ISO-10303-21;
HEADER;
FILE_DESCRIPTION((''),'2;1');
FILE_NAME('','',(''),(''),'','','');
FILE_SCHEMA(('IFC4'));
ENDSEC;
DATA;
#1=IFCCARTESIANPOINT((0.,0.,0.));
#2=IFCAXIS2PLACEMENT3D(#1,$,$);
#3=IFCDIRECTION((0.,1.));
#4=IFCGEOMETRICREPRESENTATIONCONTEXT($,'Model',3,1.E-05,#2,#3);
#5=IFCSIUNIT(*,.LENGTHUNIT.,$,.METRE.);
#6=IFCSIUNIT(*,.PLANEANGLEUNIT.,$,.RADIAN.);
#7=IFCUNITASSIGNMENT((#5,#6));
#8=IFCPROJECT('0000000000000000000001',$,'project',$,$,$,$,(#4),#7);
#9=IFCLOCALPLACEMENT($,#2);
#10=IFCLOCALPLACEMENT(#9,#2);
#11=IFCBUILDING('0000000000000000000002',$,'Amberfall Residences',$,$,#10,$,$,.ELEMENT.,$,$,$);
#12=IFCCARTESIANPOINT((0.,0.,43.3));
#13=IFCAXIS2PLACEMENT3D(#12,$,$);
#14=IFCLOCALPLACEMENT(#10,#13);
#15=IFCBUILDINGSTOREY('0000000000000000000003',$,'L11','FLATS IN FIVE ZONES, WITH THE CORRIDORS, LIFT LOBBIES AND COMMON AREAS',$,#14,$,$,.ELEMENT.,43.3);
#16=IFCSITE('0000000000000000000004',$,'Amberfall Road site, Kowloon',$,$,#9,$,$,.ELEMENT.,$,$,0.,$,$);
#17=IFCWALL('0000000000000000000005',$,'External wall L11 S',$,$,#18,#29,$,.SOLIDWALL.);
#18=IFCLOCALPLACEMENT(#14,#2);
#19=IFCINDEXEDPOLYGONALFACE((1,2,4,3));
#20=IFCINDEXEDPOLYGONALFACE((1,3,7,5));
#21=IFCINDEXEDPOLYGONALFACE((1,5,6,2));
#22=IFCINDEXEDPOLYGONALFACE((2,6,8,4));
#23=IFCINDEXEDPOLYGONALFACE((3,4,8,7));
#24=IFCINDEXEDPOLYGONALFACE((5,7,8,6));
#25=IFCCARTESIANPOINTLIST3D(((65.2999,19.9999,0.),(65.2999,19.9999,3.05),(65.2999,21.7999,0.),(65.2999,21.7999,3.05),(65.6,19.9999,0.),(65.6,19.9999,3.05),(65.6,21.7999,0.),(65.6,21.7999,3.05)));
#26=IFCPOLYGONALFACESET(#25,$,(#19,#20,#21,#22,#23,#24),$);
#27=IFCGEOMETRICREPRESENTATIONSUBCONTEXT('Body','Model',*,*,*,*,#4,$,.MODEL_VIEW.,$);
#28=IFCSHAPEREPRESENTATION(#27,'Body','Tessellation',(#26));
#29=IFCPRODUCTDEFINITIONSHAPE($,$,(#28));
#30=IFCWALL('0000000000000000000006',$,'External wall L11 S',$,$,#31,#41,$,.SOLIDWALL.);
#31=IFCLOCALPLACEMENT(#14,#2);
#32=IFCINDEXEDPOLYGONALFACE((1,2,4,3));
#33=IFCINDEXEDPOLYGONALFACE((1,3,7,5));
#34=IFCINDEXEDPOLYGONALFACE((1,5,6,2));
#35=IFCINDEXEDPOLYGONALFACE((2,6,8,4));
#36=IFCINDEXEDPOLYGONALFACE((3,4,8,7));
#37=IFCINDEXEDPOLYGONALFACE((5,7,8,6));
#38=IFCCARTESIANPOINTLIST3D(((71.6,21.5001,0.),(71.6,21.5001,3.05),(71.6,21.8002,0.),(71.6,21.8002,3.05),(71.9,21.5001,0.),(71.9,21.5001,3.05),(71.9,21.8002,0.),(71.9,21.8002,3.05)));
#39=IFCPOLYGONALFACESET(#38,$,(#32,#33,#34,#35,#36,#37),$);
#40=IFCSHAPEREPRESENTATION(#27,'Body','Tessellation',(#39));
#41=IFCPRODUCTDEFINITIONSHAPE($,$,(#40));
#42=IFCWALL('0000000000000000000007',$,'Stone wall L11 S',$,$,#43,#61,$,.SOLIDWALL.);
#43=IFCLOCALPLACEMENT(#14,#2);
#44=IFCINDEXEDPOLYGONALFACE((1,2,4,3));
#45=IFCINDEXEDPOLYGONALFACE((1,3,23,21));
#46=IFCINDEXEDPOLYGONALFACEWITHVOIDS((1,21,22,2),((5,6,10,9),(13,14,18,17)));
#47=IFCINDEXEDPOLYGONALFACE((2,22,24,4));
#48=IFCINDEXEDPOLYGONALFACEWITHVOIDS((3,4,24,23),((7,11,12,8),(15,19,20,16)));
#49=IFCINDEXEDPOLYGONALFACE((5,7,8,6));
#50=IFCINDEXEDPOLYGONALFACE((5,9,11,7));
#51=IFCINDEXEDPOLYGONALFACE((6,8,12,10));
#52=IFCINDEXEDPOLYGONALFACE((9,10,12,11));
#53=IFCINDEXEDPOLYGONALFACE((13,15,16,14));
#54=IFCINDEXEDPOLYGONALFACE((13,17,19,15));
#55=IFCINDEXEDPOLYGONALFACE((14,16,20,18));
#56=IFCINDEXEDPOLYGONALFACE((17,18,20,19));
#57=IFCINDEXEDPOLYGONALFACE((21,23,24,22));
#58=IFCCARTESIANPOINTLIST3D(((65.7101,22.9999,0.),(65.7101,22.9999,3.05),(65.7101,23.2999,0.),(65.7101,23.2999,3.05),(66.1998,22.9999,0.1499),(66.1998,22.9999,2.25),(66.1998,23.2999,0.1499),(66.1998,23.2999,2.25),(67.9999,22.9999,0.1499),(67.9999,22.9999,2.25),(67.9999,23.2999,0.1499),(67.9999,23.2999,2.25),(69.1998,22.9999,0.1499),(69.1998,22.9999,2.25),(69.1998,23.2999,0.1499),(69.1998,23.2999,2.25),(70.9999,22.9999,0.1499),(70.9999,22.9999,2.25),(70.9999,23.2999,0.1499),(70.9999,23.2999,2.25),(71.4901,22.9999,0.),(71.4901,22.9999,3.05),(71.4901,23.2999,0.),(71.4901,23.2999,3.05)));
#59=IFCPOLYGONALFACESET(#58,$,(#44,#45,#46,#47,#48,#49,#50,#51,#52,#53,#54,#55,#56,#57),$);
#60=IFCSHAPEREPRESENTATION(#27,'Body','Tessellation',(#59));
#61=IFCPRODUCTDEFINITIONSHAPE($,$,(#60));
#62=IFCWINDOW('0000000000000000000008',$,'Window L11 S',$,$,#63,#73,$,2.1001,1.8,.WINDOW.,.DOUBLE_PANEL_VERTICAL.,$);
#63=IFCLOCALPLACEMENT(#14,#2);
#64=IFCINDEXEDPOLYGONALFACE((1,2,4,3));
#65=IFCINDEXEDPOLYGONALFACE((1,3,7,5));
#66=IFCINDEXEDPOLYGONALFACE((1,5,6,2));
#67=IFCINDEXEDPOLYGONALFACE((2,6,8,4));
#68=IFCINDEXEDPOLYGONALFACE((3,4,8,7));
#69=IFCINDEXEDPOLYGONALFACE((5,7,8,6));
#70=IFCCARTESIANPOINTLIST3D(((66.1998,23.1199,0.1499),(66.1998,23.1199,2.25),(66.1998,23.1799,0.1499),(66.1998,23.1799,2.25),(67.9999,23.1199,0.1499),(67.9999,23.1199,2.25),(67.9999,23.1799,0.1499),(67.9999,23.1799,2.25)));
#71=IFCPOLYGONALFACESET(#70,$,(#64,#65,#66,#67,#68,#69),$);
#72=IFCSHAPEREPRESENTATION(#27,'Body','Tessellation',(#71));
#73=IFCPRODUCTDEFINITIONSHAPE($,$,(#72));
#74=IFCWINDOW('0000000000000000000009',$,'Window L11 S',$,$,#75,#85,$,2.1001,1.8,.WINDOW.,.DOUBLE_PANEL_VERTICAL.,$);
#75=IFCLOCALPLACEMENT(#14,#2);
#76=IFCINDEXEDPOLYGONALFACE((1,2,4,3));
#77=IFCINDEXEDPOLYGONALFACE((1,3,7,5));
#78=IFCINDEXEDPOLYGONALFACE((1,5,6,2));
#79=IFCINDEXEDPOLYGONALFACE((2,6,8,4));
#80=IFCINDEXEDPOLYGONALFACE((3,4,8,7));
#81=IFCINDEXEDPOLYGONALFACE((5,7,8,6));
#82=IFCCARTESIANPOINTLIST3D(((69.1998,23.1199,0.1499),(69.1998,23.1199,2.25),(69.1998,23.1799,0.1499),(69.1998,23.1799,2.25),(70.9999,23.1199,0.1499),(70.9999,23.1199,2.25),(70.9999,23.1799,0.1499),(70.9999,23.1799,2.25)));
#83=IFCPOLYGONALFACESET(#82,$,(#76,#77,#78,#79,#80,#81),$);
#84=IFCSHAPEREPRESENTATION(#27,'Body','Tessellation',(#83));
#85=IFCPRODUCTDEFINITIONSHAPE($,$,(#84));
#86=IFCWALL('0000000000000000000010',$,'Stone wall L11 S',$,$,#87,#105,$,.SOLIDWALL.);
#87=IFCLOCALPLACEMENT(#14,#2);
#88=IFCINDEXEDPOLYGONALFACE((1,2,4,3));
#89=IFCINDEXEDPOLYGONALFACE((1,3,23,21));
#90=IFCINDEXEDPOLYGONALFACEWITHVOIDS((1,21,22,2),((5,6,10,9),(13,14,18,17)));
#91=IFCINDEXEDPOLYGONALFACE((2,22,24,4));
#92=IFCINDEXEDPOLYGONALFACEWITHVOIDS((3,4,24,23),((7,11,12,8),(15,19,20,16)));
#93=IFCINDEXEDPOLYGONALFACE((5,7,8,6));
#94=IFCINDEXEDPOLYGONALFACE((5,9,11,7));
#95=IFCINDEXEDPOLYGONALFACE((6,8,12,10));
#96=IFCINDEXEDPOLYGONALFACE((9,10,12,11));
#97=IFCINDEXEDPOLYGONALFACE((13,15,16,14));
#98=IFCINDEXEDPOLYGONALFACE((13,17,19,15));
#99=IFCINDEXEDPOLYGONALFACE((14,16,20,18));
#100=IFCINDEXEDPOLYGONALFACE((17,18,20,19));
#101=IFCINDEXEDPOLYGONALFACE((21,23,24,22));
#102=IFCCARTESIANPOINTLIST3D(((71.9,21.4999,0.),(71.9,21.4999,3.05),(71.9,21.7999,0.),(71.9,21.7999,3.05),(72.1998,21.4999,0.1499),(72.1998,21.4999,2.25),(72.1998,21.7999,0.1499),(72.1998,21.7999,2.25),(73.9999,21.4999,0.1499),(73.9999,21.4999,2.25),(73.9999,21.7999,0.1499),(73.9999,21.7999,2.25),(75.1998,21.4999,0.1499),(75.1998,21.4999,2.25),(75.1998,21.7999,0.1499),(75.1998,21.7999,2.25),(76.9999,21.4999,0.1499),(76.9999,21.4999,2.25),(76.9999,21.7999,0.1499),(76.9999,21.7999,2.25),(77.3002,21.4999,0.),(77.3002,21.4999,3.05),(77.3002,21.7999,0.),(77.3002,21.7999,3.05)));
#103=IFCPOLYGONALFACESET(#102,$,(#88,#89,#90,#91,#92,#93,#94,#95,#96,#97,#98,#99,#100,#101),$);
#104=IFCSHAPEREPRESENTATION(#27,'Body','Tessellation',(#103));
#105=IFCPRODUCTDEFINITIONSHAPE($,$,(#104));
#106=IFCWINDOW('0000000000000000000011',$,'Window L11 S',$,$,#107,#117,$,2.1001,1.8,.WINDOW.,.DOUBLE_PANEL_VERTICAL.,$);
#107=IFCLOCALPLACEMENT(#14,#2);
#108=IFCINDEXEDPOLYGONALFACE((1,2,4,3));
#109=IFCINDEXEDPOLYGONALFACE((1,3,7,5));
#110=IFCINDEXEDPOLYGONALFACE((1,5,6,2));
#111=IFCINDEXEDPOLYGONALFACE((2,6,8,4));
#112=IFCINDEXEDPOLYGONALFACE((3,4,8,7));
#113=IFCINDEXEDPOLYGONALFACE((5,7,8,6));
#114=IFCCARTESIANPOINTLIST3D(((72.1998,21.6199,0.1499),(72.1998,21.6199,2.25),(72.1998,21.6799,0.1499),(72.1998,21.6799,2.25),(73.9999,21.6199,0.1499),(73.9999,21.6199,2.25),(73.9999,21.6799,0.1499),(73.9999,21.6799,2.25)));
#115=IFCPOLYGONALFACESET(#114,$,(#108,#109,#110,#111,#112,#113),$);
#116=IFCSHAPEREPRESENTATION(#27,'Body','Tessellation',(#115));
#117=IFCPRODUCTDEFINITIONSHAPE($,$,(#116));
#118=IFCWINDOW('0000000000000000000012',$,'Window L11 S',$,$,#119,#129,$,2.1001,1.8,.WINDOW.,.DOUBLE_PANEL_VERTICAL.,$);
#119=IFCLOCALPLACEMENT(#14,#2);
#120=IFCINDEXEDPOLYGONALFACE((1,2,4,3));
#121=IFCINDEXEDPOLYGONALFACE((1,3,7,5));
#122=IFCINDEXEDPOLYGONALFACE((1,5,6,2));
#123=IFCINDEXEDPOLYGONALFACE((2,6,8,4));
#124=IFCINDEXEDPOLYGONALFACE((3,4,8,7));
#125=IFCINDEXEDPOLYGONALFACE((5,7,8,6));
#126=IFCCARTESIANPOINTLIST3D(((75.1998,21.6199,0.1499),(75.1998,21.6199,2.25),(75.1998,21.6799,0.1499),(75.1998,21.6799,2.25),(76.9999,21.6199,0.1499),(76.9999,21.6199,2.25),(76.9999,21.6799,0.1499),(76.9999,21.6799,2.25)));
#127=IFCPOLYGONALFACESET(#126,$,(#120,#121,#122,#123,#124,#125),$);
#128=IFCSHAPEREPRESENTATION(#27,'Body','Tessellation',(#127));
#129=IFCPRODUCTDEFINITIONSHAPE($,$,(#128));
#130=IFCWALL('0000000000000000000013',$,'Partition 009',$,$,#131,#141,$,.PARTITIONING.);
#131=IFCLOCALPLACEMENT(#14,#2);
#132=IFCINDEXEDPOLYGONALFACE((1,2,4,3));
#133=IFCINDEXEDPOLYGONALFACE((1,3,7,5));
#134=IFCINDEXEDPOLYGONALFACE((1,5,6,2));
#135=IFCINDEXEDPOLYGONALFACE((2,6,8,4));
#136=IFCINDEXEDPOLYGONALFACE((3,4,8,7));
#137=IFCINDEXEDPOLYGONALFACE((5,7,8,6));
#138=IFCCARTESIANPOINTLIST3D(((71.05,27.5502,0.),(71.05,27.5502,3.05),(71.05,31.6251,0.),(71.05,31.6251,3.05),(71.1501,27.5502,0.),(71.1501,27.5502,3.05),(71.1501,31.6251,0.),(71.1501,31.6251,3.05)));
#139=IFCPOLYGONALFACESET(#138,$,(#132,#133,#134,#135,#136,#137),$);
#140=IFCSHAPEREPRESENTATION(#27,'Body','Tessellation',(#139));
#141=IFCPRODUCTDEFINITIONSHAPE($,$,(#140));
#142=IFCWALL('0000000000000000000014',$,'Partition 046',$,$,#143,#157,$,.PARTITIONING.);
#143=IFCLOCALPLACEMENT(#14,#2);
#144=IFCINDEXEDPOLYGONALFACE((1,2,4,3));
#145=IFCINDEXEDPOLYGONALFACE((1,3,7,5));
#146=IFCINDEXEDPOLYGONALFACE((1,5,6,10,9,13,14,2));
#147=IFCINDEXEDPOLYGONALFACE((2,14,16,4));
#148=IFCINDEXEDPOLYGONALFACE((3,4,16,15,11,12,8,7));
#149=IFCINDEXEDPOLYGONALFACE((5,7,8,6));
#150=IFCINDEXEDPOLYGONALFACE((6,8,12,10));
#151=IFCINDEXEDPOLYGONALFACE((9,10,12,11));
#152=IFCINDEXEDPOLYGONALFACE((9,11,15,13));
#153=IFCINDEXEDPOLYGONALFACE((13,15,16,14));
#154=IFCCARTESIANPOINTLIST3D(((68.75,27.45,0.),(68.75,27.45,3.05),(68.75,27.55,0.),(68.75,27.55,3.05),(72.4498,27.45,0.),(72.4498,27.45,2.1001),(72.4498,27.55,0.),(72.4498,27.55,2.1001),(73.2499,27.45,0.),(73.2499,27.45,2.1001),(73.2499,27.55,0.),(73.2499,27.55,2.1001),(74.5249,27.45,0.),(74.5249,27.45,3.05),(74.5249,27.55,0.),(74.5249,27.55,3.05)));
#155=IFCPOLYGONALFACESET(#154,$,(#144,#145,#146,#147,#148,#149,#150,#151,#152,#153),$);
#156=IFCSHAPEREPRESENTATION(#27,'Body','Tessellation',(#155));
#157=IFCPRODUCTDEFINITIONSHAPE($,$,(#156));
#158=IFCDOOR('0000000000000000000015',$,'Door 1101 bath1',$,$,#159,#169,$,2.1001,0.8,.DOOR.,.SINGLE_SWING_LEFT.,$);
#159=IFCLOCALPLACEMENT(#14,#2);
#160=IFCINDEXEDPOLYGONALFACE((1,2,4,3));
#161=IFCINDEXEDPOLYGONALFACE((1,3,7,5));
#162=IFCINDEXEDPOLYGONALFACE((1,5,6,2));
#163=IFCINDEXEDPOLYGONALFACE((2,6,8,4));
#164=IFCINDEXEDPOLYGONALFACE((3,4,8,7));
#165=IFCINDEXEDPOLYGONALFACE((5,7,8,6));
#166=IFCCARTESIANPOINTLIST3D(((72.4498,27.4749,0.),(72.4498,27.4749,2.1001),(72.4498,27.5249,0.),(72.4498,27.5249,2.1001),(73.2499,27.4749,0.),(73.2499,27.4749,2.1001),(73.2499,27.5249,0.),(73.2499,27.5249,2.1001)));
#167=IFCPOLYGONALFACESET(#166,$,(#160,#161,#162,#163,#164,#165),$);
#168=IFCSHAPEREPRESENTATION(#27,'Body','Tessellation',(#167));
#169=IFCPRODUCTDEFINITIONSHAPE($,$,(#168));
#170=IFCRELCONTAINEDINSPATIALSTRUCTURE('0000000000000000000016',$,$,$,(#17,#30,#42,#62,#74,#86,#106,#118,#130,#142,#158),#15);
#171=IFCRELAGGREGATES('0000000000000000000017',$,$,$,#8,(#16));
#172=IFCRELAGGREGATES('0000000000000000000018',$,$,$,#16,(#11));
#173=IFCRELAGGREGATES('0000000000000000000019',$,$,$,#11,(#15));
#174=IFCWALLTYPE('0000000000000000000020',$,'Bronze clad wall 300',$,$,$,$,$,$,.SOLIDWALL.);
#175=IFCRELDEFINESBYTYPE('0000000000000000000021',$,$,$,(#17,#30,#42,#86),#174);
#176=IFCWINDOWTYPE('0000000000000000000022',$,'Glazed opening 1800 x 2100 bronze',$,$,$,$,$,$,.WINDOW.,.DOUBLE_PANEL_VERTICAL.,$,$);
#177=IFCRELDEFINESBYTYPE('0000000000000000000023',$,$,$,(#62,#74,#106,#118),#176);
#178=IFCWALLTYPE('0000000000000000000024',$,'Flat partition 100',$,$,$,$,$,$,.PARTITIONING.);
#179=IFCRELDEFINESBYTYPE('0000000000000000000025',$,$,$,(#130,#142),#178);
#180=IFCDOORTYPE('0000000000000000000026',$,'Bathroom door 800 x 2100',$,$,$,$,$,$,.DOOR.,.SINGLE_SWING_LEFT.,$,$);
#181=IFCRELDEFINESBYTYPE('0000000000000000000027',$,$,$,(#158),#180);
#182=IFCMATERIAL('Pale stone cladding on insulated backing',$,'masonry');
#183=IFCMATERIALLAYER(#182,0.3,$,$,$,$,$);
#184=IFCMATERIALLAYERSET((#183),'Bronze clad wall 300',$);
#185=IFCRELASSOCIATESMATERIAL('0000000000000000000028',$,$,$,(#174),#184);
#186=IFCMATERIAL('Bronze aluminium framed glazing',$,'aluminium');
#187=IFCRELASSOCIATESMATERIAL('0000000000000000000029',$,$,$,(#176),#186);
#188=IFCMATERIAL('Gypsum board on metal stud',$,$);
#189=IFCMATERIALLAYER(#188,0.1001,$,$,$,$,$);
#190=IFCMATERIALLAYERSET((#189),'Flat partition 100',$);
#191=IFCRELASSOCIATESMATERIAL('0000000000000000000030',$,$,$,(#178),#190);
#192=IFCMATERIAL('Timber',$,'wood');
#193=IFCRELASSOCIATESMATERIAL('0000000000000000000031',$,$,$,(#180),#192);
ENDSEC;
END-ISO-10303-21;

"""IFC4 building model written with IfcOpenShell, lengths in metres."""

from ifc_helpers import new_model, si_unit, direction, frame, frame_2d, origin, place, context, subcontext, project, spatial, rectangle, extrude, material, layer, layer_set, type_object, element, fill, save


model = new_model("IFC4")

# Units and contexts
model_context = context("Model", 3, precision=1e-05, world=origin(), true_north=direction((0.0, 1.0)))
body_context = subcontext(model_context, "Body", "Model", "MODEL_VIEW")
ifc_project = project(units=[si_unit("LENGTHUNIT", "METRE"), si_unit("PLANEANGLEUNIT", "RADIAN")], contexts=[model_context])

# Site, building, storey
site_placement = place(None, origin())
site = spatial("IfcSite", under=ifc_project, at=site_placement, Name="Amberfall Road site, Kowloon", CompositionType="ELEMENT", RefElevation=0.0)
building_placement = place(site_placement, origin())
building = spatial("IfcBuilding", under=site, at=building_placement, Name="Amberfall Residences", CompositionType="ELEMENT")
storey_placement = place(building_placement, frame((0.0, 0.0, 43.3)))
storey = spatial("IfcBuildingStorey", under=building, at=storey_placement, Name="L11", Description="FLATS IN FIVE ZONES, WITH THE CORRIDORS, LIFT LOBBIES AND COMMON AREAS", CompositionType="ELEMENT", Elevation=43.3)

# Walls
ifc_material_1 = material(Name="Pale stone cladding on insulated backing", Category="masonry")
ifc_layer_1 = layer(ifc_material_1, 0.3)
ifc_layer_set_1 = layer_set([ifc_layer_1], Name="Bronze clad wall 300")
wall_type_1 = type_object("IfcWallType", Name="Bronze clad wall 300", PredefinedType="SOLIDWALL", material=ifc_layer_set_1)
wall_1_placement = place(storey_placement, frame((65.45, 20.0, 0.0), z_axis=(0.0, 0.0, 1.0), x_axis=(0.0, 1.0, 0.0)))
element("IfcWall", 1, at=wall_1_placement, inside=storey, type_object=wall_type_1, Name="External wall L11 S", PredefinedType="SOLIDWALL", context=body_context, shape_type="SweptSolid", body=[
    extrude(rectangle(XDim=1.8, YDim=0.3, at=frame_2d((0.8999, 0.0))), origin(), (0.0, 0.0, 1.0), 3.05),
])
wall_2_placement = place(storey_placement, frame((71.75, 21.8, 0.0), z_axis=(0.0, 0.0, 1.0), x_axis=(0.0, -1.0, 0.0)))
element("IfcWall", 2, at=wall_2_placement, inside=storey, type_object=wall_type_1, Name="External wall L11 S", PredefinedType="SOLIDWALL", context=body_context, shape_type="SweptSolid", body=[
    extrude(rectangle(XDim=0.3, YDim=0.3, at=frame_2d((0.1499, 0.0))), origin(), (0.0, 0.0, 1.0), 3.05),
])

# Walls, openings, windows
wall_3_placement = place(storey_placement, frame((65.71, 23.1499, 0.0), z_axis=(0.0, 0.0, 1.0), x_axis=(1.0, 0.0, 0.0)))
wall_3 = element("IfcWall", 3, at=wall_3_placement, inside=storey, type_object=wall_type_1, Name="Stone wall L11 S", PredefinedType="SOLIDWALL", context=body_context, shape_type="SweptSolid", body=[
    extrude(rectangle(XDim=5.78, YDim=0.3, at=frame_2d((2.8901, 0.0))), origin(), (0.0, 0.0, 1.0), 3.05),
])
opening_1_placement = place(wall_3_placement, frame((0.49, 0.0, 0.1499)))
opening_1 = element("IfcOpeningElement", 4, at=opening_1_placement, cuts=wall_3, PredefinedType="OPENING", context=body_context, shape_type="SweptSolid", body=[
    extrude(rectangle(XDim=1.8, YDim=2.1001, at=frame_2d((0.8999, 1.05))), frame((0.0, 0.1599, 0.0), z_axis=(0.0, -1.0, 0.0), x_axis=(1.0, 0.0, 0.0)), (0.0, 0.0, 1.0), 0.3201),
])
opening_2_placement = place(wall_3_placement, frame((3.49, 0.0, 0.1499)))
opening_2 = element("IfcOpeningElement", 5, at=opening_2_placement, cuts=wall_3, PredefinedType="OPENING", context=body_context, shape_type="SweptSolid", body=[
    extrude(rectangle(XDim=1.8, YDim=2.1001, at=frame_2d((0.8999, 1.05))), frame((0.0, 0.1599, 0.0), z_axis=(0.0, -1.0, 0.0), x_axis=(1.0, 0.0, 0.0)), (0.0, 0.0, 1.0), 0.3201),
])
ifc_material_2 = material(Name="Bronze aluminium framed glazing", Category="aluminium")
window_type = type_object("IfcWindowType", Name="Glazed opening 1800 x 2100 bronze", PartitioningType="DOUBLE_PANEL_VERTICAL", PredefinedType="WINDOW", material=ifc_material_2)
window_1_placement = place(opening_1_placement, origin())
window_1 = element("IfcWindow", 6, at=window_1_placement, inside=storey, type_object=window_type, Name="Window L11 S", OverallHeight=2.1001, OverallWidth=1.8, PartitioningType="DOUBLE_PANEL_VERTICAL", PredefinedType="WINDOW", context=body_context, shape_type="SweptSolid", body=[
    extrude(rectangle(XDim=1.8, YDim=2.1001, at=frame_2d((0.8999, 1.05))), frame((0.0, 0.03, 0.0), z_axis=(0.0, -1.0, 0.0), x_axis=(1.0, 0.0, 0.0)), (0.0, 0.0, 1.0), 0.0601),
])
fill(opening_1, window_1)
window_2_placement = place(opening_2_placement, origin())
window_2 = element("IfcWindow", 7, at=window_2_placement, inside=storey, type_object=window_type, Name="Window L11 S", OverallHeight=2.1001, OverallWidth=1.8, PartitioningType="DOUBLE_PANEL_VERTICAL", PredefinedType="WINDOW", context=body_context, shape_type="SweptSolid", body=[
    extrude(rectangle(XDim=1.8, YDim=2.1001, at=frame_2d((0.8999, 1.05))), frame((0.0, 0.03, 0.0), z_axis=(0.0, -1.0, 0.0), x_axis=(1.0, 0.0, 0.0)), (0.0, 0.0, 1.0), 0.0601),
])
fill(opening_2, window_2)
wall_4_placement = place(storey_placement, frame((71.8999, 21.6499, 0.0), z_axis=(0.0, 0.0, 1.0), x_axis=(1.0, 0.0, 0.0)))
wall_4 = element("IfcWall", 8, at=wall_4_placement, inside=storey, type_object=wall_type_1, Name="Stone wall L11 S", PredefinedType="SOLIDWALL", context=body_context, shape_type="SweptSolid", body=[
    extrude(rectangle(XDim=5.4001, YDim=0.3, at=frame_2d((2.7002, 0.0))), origin(), (0.0, 0.0, 1.0), 3.05),
])
opening_3_placement = place(wall_4_placement, frame((0.3, 0.0, 0.1499)))
opening_3 = element("IfcOpeningElement", 9, at=opening_3_placement, cuts=wall_4, PredefinedType="OPENING", context=body_context, shape_type="SweptSolid", body=[
    extrude(rectangle(XDim=1.8, YDim=2.1001, at=frame_2d((0.8999, 1.05))), frame((0.0, 0.1599, 0.0), z_axis=(0.0, -1.0, 0.0), x_axis=(1.0, 0.0, 0.0)), (0.0, 0.0, 1.0), 0.3201),
])
opening_4_placement = place(wall_4_placement, frame((3.3, 0.0, 0.1499)))
opening_4 = element("IfcOpeningElement", 10, at=opening_4_placement, cuts=wall_4, PredefinedType="OPENING", context=body_context, shape_type="SweptSolid", body=[
    extrude(rectangle(XDim=1.8, YDim=2.1001, at=frame_2d((0.8999, 1.05))), frame((0.0, 0.1599, 0.0), z_axis=(0.0, -1.0, 0.0), x_axis=(1.0, 0.0, 0.0)), (0.0, 0.0, 1.0), 0.3201),
])
window_3_placement = place(opening_3_placement, origin())
window_3 = element("IfcWindow", 11, at=window_3_placement, inside=storey, type_object=window_type, Name="Window L11 S", OverallHeight=2.1001, OverallWidth=1.8, PartitioningType="DOUBLE_PANEL_VERTICAL", PredefinedType="WINDOW", context=body_context, shape_type="SweptSolid", body=[
    extrude(rectangle(XDim=1.8, YDim=2.1001, at=frame_2d((0.8999, 1.05))), frame((0.0, 0.03, 0.0), z_axis=(0.0, -1.0, 0.0), x_axis=(1.0, 0.0, 0.0)), (0.0, 0.0, 1.0), 0.0601),
])
fill(opening_3, window_3)
window_4_placement = place(opening_4_placement, origin())
window_4 = element("IfcWindow", 12, at=window_4_placement, inside=storey, type_object=window_type, Name="Window L11 S", OverallHeight=2.1001, OverallWidth=1.8, PartitioningType="DOUBLE_PANEL_VERTICAL", PredefinedType="WINDOW", context=body_context, shape_type="SweptSolid", body=[
    extrude(rectangle(XDim=1.8, YDim=2.1001, at=frame_2d((0.8999, 1.05))), frame((0.0, 0.03, 0.0), z_axis=(0.0, -1.0, 0.0), x_axis=(1.0, 0.0, 0.0)), (0.0, 0.0, 1.0), 0.0601),
])
fill(opening_4, window_4)

# Wall
ifc_material_3 = material(Name="Gypsum board on metal stud")
ifc_layer_2 = layer(ifc_material_3, 0.1001)
ifc_layer_set_2 = layer_set([ifc_layer_2], Name="Flat partition 100")
wall_type_2 = type_object("IfcWallType", Name="Flat partition 100", PredefinedType="PARTITIONING", material=ifc_layer_set_2)
wall_5_placement = place(storey_placement, frame((71.1001, 27.55, 0.0), z_axis=(0.0, 0.0, 1.0), x_axis=(0.0, 1.0, 0.0)))
element("IfcWall", 13, at=wall_5_placement, inside=storey, type_object=wall_type_2, Name="Partition 009", PredefinedType="PARTITIONING", context=body_context, shape_type="SweptSolid", body=[
    extrude(rectangle(XDim=4.075, YDim=0.1001, at=frame_2d((2.0376, 0.0))), origin(), (0.0, 0.0, 1.0), 3.05),
])

# Wall, opening, door
wall_6_placement = place(storey_placement, frame((68.75, 27.5, 0.0), z_axis=(0.0, 0.0, 1.0), x_axis=(1.0, 0.0, 0.0)))
wall_6 = element("IfcWall", 14, at=wall_6_placement, inside=storey, type_object=wall_type_2, Name="Partition 046", PredefinedType="PARTITIONING", context=body_context, shape_type="SweptSolid", body=[
    extrude(rectangle(XDim=5.7749, YDim=0.1001, at=frame_2d((2.8875, 0.0))), origin(), (0.0, 0.0, 1.0), 3.05),
])
opening_5_placement = place(wall_6_placement, frame((3.7, 0.0, 0.0)))
opening_5 = element("IfcOpeningElement", 15, at=opening_5_placement, cuts=wall_6, PredefinedType="OPENING", context=body_context, shape_type="SweptSolid", body=[
    extrude(rectangle(XDim=0.8, YDim=2.1001, at=frame_2d((0.3999, 1.05))), frame((0.0, 0.0601, 0.0), z_axis=(0.0, -1.0, 0.0), x_axis=(1.0, 0.0, 0.0)), (0.0, 0.0, 1.0), 0.1201),
])
ifc_material_4 = material(Name="Timber", Category="wood")
door_type = type_object("IfcDoorType", Name="Bathroom door 800 x 2100", OperationType="SINGLE_SWING_LEFT", PredefinedType="DOOR", material=ifc_material_4)
door_placement = place(opening_5_placement, origin())
door = element("IfcDoor", 16, at=door_placement, inside=storey, type_object=door_type, Name="Door 1101 bath1", OperationType="SINGLE_SWING_LEFT", OverallHeight=2.1001, OverallWidth=0.8, PredefinedType="DOOR", context=body_context, shape_type="SweptSolid", body=[
    extrude(rectangle(XDim=0.8, YDim=2.1001, at=frame_2d((0.3999, 1.05))), frame((0.0, 0.0249, 0.0), z_axis=(0.0, -1.0, 0.0), x_axis=(1.0, 0.0, 0.0)), (0.0, 0.0, 1.0), 0.05),
])
fill(opening_5, door)

save(model, "model.ifc")
